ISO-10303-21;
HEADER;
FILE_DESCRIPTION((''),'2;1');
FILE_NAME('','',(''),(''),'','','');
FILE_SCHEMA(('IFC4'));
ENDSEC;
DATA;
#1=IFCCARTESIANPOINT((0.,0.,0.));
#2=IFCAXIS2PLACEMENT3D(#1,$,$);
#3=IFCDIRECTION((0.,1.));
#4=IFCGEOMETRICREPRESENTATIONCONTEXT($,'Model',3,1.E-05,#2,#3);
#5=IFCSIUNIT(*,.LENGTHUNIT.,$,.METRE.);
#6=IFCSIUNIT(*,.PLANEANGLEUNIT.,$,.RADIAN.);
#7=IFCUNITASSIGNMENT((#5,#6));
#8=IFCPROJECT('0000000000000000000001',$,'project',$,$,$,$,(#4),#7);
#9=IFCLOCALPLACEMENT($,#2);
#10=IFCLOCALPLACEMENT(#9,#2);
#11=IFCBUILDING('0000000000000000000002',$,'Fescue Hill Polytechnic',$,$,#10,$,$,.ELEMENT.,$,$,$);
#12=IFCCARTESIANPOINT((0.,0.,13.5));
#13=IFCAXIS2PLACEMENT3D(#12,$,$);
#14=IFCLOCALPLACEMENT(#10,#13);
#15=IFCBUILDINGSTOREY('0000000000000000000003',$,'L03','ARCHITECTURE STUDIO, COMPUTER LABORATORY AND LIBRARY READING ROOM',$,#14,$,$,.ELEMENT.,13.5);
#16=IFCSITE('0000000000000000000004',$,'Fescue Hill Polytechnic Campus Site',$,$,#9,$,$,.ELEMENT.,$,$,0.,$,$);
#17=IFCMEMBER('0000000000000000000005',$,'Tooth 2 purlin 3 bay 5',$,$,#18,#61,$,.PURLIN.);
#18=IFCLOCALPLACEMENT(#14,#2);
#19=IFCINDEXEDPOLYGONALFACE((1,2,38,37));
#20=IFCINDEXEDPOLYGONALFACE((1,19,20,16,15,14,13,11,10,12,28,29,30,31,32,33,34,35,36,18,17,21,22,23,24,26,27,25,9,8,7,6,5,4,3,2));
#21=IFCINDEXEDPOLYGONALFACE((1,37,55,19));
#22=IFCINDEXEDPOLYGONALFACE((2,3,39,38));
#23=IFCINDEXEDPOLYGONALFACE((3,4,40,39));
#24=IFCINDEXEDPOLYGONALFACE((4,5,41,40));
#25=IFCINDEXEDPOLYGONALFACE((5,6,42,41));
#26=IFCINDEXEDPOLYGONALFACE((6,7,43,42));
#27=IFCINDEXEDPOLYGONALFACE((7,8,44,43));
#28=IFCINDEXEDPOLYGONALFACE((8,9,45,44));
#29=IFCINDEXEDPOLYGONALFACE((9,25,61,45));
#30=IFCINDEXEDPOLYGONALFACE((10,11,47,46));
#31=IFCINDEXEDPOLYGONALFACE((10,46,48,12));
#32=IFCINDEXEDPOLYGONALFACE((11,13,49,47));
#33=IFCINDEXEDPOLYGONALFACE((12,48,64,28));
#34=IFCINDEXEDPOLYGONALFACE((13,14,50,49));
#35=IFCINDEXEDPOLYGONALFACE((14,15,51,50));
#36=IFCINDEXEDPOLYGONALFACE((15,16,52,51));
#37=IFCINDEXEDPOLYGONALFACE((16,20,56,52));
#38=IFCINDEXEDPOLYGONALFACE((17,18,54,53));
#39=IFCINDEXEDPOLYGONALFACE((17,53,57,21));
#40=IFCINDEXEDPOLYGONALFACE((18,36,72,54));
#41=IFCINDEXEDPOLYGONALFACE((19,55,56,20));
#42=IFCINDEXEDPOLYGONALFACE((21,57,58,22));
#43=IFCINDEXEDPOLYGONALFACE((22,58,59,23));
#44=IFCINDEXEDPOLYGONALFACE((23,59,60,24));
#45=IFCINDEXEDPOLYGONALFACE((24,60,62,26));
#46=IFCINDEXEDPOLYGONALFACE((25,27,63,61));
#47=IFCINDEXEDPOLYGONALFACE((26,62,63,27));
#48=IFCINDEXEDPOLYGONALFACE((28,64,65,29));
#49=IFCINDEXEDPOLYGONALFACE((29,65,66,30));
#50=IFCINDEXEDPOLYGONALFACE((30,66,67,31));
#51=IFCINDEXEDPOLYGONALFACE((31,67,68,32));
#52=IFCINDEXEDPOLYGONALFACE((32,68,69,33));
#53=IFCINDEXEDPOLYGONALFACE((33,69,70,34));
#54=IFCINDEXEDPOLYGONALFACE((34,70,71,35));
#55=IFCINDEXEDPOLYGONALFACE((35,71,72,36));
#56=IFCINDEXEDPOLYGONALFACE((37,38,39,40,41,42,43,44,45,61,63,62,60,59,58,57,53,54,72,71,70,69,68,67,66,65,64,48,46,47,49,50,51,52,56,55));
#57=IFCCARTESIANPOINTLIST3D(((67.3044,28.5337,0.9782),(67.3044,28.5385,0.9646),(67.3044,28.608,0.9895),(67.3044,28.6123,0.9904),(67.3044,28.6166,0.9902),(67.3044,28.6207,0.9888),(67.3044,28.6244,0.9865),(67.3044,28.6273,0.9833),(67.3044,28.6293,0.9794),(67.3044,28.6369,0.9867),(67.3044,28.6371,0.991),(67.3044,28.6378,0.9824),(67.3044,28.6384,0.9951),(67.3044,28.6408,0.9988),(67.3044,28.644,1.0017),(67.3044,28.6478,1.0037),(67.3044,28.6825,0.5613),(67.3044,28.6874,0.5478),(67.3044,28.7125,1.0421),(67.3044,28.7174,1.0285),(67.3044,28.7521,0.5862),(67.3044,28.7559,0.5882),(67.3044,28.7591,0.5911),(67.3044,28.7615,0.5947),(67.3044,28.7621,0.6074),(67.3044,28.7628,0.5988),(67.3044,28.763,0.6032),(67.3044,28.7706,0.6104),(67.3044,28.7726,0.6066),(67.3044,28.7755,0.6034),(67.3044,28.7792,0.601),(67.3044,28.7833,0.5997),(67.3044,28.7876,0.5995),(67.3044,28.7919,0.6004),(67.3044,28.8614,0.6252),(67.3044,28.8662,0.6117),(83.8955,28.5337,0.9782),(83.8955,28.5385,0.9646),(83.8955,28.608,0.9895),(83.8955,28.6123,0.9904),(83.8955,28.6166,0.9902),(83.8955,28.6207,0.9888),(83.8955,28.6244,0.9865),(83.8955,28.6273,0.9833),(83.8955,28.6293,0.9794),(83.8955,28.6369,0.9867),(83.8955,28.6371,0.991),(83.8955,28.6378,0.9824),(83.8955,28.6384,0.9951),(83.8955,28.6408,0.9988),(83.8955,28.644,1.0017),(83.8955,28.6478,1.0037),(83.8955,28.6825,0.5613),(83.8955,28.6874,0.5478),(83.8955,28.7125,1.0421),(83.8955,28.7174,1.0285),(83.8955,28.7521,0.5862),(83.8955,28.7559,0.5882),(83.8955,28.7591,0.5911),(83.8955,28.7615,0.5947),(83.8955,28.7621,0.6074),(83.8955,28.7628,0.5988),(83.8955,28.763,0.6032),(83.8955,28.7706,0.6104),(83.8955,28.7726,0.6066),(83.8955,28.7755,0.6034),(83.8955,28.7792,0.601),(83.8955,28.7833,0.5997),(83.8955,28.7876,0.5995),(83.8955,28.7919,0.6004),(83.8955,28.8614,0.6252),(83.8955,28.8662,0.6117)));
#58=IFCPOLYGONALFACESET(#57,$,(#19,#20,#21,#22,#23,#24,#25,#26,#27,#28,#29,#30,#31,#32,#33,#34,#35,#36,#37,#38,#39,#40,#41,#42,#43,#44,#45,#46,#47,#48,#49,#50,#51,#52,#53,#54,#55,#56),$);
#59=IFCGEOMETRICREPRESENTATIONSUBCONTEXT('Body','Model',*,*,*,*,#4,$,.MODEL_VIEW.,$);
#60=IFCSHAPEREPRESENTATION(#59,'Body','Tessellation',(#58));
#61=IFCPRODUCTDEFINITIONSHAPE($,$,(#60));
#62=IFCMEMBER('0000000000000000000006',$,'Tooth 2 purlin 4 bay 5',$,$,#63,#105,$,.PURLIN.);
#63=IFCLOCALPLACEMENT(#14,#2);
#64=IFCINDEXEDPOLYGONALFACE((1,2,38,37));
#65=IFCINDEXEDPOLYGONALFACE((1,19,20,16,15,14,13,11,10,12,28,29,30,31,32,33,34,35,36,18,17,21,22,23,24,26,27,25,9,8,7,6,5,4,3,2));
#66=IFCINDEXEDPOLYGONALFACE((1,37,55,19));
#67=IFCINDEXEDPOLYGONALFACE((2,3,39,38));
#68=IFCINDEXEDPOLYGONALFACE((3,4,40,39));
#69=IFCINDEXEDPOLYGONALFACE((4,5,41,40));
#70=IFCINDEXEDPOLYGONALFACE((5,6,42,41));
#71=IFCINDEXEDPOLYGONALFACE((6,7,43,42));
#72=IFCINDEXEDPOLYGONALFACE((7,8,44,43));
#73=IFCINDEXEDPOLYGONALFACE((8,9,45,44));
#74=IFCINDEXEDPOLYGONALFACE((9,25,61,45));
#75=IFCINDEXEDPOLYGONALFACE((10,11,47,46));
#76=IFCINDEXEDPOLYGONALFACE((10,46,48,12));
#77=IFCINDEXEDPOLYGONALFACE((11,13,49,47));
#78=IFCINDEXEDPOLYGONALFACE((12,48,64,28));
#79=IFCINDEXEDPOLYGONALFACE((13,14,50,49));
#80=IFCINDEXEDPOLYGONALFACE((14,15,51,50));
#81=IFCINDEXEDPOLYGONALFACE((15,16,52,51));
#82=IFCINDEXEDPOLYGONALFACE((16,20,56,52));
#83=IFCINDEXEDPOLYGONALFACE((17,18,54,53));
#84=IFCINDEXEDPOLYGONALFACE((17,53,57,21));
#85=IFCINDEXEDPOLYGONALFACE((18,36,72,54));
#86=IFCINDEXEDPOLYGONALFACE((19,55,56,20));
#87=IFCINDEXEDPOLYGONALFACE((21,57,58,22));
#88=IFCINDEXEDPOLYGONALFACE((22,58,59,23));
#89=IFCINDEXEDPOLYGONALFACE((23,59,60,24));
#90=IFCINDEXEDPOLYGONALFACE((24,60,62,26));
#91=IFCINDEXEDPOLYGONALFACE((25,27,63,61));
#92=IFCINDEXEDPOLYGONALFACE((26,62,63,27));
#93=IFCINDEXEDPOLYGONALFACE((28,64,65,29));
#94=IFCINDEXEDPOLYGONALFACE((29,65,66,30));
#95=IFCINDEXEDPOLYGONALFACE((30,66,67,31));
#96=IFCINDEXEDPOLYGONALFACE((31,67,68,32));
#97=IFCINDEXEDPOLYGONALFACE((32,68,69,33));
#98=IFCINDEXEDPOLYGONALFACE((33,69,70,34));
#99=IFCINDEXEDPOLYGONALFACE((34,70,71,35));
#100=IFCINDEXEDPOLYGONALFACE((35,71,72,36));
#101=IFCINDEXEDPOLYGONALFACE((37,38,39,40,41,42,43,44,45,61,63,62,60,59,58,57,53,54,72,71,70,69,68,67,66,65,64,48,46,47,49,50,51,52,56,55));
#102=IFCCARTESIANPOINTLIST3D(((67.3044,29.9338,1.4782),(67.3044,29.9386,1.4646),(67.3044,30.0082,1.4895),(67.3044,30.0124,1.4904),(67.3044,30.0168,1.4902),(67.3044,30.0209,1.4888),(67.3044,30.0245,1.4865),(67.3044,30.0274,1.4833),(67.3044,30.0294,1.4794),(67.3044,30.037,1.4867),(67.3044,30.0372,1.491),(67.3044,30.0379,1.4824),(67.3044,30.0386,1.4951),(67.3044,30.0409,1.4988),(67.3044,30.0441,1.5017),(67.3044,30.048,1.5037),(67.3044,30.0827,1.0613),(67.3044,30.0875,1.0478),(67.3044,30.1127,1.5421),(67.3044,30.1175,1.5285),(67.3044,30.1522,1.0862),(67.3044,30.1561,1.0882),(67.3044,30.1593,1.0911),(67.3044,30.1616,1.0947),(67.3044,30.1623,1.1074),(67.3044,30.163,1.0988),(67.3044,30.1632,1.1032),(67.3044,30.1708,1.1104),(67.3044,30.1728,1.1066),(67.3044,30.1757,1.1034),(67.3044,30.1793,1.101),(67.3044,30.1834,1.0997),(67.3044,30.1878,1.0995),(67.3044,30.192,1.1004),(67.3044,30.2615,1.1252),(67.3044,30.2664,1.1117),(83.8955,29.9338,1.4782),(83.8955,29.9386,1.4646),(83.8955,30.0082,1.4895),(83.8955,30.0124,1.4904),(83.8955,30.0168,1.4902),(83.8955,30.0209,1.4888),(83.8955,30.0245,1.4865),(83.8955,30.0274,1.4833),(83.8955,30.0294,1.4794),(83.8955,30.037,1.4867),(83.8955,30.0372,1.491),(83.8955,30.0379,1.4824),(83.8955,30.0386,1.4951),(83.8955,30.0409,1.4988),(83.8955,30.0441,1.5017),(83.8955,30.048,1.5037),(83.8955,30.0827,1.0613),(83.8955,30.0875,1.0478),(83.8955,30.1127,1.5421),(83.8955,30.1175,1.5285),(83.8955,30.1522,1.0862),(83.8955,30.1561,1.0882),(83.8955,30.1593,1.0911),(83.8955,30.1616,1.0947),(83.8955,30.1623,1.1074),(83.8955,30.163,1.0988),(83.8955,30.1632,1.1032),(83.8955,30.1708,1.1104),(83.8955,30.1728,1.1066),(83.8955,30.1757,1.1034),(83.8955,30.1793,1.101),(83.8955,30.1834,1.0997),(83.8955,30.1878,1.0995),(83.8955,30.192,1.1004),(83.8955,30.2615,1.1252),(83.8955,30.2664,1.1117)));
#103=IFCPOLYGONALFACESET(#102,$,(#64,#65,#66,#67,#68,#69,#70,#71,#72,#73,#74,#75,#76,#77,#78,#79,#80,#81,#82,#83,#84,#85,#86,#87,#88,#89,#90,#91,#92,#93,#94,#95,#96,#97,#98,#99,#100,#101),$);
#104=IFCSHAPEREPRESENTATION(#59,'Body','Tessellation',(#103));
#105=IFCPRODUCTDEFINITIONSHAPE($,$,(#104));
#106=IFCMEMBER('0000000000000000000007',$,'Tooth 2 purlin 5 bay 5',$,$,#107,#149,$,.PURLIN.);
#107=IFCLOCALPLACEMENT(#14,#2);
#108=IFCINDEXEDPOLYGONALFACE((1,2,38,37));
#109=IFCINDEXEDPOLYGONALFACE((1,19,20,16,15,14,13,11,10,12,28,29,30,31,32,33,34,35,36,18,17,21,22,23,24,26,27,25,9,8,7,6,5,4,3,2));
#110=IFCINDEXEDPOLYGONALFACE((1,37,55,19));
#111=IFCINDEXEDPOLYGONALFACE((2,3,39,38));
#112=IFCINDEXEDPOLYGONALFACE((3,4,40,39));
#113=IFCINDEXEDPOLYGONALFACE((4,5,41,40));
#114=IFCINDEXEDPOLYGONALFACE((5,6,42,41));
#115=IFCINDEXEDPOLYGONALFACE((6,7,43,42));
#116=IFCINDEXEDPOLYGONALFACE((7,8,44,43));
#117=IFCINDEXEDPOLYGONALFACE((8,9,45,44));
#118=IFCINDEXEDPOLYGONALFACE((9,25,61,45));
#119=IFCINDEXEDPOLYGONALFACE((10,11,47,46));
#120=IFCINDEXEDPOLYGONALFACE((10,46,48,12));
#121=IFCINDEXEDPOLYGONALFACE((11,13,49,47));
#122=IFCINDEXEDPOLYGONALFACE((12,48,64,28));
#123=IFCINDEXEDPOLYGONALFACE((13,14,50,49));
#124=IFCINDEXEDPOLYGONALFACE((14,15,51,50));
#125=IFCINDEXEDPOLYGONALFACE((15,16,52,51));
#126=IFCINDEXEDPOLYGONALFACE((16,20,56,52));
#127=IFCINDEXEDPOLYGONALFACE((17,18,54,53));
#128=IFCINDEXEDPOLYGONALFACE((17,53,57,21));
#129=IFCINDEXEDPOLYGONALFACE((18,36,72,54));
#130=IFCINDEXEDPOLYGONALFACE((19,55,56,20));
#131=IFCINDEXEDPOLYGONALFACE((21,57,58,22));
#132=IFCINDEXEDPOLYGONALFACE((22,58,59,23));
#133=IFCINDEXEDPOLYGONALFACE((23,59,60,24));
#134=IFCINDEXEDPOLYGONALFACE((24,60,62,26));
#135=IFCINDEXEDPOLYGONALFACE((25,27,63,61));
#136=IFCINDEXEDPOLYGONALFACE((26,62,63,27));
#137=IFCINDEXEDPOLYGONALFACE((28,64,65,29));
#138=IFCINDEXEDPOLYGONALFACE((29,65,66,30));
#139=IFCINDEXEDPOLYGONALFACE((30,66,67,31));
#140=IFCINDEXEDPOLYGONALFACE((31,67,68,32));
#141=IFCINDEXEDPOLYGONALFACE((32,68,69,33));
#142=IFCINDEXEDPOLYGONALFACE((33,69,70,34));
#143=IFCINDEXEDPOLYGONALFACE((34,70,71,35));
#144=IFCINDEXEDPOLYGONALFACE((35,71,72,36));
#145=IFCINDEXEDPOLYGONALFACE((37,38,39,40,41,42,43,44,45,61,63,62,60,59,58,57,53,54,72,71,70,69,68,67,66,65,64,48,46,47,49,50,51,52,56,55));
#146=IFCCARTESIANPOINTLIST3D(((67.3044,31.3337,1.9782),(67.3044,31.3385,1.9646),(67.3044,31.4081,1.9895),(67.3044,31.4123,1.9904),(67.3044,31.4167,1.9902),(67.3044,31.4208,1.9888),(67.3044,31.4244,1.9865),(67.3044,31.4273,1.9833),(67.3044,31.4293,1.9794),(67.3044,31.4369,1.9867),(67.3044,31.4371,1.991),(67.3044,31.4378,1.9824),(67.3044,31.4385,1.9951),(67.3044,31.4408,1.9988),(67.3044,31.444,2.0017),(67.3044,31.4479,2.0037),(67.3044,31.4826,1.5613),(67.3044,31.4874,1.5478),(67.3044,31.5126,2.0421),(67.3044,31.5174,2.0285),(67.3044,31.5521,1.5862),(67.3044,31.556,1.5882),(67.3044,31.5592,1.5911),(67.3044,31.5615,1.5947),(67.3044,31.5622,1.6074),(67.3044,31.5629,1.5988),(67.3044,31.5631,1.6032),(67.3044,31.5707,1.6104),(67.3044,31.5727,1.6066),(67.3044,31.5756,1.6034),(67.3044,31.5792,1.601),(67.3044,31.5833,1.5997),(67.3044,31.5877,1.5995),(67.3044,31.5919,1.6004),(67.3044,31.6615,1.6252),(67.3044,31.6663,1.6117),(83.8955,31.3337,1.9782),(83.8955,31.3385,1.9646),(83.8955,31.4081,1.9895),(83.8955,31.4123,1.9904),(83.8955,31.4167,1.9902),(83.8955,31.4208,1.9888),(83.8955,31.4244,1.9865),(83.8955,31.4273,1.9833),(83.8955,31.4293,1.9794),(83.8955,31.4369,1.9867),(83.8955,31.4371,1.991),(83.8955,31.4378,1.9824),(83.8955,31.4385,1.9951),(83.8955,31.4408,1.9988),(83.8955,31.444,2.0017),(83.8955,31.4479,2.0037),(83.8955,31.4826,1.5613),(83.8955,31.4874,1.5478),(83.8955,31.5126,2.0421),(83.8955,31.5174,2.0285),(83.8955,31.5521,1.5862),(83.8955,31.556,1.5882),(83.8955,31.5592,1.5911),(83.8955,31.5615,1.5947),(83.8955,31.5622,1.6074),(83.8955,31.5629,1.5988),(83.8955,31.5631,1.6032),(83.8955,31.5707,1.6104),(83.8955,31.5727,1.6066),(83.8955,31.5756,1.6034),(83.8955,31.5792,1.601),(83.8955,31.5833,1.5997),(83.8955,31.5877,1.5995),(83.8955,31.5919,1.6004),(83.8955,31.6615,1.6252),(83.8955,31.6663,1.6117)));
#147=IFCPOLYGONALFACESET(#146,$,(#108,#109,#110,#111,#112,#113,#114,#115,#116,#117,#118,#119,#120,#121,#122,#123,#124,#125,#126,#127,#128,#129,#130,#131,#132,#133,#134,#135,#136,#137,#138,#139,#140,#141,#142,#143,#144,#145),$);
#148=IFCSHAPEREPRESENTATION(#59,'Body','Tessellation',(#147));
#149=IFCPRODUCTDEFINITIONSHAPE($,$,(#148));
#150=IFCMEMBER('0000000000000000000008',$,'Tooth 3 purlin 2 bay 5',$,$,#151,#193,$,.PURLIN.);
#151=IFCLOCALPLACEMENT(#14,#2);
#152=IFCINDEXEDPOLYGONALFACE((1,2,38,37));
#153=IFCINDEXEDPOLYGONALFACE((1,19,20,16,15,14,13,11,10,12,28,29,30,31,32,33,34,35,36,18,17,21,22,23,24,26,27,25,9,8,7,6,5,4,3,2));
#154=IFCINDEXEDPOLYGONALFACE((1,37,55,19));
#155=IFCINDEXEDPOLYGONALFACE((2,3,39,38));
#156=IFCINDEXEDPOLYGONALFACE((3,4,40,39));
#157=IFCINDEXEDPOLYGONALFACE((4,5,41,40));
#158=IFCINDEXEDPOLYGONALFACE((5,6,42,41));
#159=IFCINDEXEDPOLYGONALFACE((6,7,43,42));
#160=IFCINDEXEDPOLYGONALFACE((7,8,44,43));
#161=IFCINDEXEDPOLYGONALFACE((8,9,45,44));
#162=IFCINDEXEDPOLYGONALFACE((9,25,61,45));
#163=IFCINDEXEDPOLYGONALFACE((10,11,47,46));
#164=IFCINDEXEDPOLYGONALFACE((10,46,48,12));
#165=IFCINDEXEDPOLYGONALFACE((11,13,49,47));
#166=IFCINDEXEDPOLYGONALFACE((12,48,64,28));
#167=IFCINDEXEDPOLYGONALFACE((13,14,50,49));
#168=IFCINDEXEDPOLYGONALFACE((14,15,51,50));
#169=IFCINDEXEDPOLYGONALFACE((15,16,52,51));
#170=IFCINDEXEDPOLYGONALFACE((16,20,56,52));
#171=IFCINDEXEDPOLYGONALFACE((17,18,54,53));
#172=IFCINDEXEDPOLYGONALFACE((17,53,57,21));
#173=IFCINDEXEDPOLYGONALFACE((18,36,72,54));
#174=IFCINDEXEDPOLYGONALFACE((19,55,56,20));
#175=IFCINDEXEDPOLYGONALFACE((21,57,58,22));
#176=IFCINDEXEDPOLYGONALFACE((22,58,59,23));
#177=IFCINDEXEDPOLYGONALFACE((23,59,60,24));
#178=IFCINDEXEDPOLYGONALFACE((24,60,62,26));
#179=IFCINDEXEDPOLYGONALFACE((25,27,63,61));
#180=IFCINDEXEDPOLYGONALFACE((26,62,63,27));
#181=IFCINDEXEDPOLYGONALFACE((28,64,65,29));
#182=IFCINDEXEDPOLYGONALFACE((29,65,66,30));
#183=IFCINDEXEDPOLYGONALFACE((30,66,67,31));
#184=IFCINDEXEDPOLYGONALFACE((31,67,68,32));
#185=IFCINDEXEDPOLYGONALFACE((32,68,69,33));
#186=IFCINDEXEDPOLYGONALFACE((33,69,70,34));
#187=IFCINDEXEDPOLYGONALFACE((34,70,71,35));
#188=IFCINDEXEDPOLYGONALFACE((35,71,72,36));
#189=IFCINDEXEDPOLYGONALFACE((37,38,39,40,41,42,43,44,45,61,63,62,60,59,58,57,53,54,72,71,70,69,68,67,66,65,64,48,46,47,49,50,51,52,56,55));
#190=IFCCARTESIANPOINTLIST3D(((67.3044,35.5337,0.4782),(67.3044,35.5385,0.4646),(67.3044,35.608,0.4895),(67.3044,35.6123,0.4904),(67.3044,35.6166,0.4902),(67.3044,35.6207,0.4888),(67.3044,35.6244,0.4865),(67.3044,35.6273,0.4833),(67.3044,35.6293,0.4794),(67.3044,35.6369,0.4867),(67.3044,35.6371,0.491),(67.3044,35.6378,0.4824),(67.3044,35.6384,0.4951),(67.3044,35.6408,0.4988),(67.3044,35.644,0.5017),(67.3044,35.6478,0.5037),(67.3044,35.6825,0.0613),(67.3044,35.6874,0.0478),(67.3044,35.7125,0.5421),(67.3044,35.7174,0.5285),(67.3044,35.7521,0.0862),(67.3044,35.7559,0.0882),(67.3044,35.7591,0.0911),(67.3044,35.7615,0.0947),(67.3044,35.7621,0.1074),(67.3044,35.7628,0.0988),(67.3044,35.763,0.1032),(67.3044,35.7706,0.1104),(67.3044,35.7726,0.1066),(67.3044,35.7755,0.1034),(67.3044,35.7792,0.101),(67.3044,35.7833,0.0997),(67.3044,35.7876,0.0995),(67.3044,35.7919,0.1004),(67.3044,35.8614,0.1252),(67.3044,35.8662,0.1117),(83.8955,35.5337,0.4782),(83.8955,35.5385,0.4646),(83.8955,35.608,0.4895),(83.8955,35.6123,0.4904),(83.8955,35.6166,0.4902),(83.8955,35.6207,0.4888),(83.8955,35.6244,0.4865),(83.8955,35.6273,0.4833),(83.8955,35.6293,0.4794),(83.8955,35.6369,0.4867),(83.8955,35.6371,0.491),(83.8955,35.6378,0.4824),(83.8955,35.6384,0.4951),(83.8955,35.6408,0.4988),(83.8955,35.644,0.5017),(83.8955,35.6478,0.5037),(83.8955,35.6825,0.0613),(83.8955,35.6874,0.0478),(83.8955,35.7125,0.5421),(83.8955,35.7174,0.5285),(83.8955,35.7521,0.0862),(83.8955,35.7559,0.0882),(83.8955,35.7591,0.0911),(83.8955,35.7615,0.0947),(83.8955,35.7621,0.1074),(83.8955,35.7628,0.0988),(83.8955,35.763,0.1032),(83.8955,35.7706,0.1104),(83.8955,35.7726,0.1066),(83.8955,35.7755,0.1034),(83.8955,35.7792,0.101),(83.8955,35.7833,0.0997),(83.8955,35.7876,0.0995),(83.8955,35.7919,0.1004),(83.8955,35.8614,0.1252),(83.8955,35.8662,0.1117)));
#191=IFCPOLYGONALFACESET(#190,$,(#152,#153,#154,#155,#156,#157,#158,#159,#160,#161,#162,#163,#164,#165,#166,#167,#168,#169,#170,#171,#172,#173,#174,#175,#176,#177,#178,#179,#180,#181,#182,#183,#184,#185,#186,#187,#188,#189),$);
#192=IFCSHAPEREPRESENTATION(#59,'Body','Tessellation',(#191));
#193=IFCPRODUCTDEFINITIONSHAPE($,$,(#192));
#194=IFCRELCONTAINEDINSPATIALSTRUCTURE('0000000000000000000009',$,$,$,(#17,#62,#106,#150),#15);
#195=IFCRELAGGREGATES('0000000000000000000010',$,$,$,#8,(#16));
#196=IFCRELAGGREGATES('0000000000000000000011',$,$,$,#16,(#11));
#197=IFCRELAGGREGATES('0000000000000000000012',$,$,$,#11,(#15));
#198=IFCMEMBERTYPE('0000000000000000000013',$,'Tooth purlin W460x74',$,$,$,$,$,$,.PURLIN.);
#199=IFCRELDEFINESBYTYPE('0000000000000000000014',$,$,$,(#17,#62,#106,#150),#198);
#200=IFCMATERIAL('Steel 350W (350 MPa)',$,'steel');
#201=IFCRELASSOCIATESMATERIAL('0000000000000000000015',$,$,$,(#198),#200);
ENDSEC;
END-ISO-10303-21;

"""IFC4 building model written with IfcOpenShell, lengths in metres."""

from ifc_helpers import new_model, si_unit, direction, frame, origin, origin_2d, place, context, subcontext, project, spatial, i_section, extrude, material, material_profile, profile_set, type_object, element, save


model = new_model("IFC4")

# Units and contexts
model_context = context("Model", 3, precision=1e-05, world=origin(), true_north=direction((0.0, 1.0)))
body_context = subcontext(model_context, "Body", "Model", "MODEL_VIEW")
ifc_project = project(units=[si_unit("LENGTHUNIT", "METRE"), si_unit("PLANEANGLEUNIT", "RADIAN")], contexts=[model_context])

# Site, building, storey
site_placement = place(None, origin())
site = spatial("IfcSite", under=ifc_project, at=site_placement, Name="Fescue Hill Polytechnic Campus Site", CompositionType="ELEMENT", RefElevation=0.0)
building_placement = place(site_placement, origin())
building = spatial("IfcBuilding", under=site, at=building_placement, Name="Fescue Hill Polytechnic", CompositionType="ELEMENT")
storey_placement = place(building_placement, frame((0.0, 0.0, 13.5)))
storey = spatial("IfcBuildingStorey", under=building, at=storey_placement, Name="L03", Description="ARCHITECTURE STUDIO, COMPUTER LABORATORY AND LIBRARY READING ROOM", CompositionType="ELEMENT", Elevation=13.5)

# Members
ifc_material_1 = material(Name="Steel 350W (350 MPa)", Category="steel")
ifc_material_profile_1 = material_profile(ifc_material_1, i_section(OverallWidth=0.1899, OverallDepth=0.457, WebThickness=0.009, FlangeThickness=0.0144, FilletRadius=0.0166, at=origin_2d()), Name="W460x74")
ifc_profile_set_1 = profile_set([ifc_material_profile_1], Name="Steel 350W (350 MPa)")
member_type_1 = type_object("IfcMemberType", Name="Tooth purlin W460x74", PredefinedType="PURLIN", material=ifc_profile_set_1)
for number, where, z_axis, x_axis, name in (
    (1, (67.3044, 28.7, 0.7949), (1.0, 0.0, 0.0), (0.0, 0.941742, 0.336336), "Tooth 2 purlin 3 bay 5"),
    (2, (67.3044, 30.1001, 1.2949), (1.0, 0.0, 0.0), (0.0, 0.941742, 0.336336), "Tooth 2 purlin 4 bay 5"),
    (3, (67.3044, 31.5, 1.7949), (1.0, 0.0, 0.0), (0.0, 0.941742, 0.336336), "Tooth 2 purlin 5 bay 5"),
    (4, (67.3044, 35.7, 0.2949), (1.0, 0.0, 0.0), (0.0, 0.941742, 0.336336), "Tooth 3 purlin 2 bay 5"),
):
    element("IfcMember", number, at=place(storey_placement, frame(where, z_axis=z_axis, x_axis=x_axis)), inside=storey, type_object=member_type_1, Name=name, PredefinedType="PURLIN", context=body_context, shape_type="SweptSolid", body=[
        extrude(i_section(OverallWidth=0.1899, OverallDepth=0.457, WebThickness=0.009, FlangeThickness=0.0144, FilletRadius=0.0166, at=origin_2d()), origin(), (0.0, 0.0, 1.0), 16.5911),
    ])

save(model, "model.ifc")
